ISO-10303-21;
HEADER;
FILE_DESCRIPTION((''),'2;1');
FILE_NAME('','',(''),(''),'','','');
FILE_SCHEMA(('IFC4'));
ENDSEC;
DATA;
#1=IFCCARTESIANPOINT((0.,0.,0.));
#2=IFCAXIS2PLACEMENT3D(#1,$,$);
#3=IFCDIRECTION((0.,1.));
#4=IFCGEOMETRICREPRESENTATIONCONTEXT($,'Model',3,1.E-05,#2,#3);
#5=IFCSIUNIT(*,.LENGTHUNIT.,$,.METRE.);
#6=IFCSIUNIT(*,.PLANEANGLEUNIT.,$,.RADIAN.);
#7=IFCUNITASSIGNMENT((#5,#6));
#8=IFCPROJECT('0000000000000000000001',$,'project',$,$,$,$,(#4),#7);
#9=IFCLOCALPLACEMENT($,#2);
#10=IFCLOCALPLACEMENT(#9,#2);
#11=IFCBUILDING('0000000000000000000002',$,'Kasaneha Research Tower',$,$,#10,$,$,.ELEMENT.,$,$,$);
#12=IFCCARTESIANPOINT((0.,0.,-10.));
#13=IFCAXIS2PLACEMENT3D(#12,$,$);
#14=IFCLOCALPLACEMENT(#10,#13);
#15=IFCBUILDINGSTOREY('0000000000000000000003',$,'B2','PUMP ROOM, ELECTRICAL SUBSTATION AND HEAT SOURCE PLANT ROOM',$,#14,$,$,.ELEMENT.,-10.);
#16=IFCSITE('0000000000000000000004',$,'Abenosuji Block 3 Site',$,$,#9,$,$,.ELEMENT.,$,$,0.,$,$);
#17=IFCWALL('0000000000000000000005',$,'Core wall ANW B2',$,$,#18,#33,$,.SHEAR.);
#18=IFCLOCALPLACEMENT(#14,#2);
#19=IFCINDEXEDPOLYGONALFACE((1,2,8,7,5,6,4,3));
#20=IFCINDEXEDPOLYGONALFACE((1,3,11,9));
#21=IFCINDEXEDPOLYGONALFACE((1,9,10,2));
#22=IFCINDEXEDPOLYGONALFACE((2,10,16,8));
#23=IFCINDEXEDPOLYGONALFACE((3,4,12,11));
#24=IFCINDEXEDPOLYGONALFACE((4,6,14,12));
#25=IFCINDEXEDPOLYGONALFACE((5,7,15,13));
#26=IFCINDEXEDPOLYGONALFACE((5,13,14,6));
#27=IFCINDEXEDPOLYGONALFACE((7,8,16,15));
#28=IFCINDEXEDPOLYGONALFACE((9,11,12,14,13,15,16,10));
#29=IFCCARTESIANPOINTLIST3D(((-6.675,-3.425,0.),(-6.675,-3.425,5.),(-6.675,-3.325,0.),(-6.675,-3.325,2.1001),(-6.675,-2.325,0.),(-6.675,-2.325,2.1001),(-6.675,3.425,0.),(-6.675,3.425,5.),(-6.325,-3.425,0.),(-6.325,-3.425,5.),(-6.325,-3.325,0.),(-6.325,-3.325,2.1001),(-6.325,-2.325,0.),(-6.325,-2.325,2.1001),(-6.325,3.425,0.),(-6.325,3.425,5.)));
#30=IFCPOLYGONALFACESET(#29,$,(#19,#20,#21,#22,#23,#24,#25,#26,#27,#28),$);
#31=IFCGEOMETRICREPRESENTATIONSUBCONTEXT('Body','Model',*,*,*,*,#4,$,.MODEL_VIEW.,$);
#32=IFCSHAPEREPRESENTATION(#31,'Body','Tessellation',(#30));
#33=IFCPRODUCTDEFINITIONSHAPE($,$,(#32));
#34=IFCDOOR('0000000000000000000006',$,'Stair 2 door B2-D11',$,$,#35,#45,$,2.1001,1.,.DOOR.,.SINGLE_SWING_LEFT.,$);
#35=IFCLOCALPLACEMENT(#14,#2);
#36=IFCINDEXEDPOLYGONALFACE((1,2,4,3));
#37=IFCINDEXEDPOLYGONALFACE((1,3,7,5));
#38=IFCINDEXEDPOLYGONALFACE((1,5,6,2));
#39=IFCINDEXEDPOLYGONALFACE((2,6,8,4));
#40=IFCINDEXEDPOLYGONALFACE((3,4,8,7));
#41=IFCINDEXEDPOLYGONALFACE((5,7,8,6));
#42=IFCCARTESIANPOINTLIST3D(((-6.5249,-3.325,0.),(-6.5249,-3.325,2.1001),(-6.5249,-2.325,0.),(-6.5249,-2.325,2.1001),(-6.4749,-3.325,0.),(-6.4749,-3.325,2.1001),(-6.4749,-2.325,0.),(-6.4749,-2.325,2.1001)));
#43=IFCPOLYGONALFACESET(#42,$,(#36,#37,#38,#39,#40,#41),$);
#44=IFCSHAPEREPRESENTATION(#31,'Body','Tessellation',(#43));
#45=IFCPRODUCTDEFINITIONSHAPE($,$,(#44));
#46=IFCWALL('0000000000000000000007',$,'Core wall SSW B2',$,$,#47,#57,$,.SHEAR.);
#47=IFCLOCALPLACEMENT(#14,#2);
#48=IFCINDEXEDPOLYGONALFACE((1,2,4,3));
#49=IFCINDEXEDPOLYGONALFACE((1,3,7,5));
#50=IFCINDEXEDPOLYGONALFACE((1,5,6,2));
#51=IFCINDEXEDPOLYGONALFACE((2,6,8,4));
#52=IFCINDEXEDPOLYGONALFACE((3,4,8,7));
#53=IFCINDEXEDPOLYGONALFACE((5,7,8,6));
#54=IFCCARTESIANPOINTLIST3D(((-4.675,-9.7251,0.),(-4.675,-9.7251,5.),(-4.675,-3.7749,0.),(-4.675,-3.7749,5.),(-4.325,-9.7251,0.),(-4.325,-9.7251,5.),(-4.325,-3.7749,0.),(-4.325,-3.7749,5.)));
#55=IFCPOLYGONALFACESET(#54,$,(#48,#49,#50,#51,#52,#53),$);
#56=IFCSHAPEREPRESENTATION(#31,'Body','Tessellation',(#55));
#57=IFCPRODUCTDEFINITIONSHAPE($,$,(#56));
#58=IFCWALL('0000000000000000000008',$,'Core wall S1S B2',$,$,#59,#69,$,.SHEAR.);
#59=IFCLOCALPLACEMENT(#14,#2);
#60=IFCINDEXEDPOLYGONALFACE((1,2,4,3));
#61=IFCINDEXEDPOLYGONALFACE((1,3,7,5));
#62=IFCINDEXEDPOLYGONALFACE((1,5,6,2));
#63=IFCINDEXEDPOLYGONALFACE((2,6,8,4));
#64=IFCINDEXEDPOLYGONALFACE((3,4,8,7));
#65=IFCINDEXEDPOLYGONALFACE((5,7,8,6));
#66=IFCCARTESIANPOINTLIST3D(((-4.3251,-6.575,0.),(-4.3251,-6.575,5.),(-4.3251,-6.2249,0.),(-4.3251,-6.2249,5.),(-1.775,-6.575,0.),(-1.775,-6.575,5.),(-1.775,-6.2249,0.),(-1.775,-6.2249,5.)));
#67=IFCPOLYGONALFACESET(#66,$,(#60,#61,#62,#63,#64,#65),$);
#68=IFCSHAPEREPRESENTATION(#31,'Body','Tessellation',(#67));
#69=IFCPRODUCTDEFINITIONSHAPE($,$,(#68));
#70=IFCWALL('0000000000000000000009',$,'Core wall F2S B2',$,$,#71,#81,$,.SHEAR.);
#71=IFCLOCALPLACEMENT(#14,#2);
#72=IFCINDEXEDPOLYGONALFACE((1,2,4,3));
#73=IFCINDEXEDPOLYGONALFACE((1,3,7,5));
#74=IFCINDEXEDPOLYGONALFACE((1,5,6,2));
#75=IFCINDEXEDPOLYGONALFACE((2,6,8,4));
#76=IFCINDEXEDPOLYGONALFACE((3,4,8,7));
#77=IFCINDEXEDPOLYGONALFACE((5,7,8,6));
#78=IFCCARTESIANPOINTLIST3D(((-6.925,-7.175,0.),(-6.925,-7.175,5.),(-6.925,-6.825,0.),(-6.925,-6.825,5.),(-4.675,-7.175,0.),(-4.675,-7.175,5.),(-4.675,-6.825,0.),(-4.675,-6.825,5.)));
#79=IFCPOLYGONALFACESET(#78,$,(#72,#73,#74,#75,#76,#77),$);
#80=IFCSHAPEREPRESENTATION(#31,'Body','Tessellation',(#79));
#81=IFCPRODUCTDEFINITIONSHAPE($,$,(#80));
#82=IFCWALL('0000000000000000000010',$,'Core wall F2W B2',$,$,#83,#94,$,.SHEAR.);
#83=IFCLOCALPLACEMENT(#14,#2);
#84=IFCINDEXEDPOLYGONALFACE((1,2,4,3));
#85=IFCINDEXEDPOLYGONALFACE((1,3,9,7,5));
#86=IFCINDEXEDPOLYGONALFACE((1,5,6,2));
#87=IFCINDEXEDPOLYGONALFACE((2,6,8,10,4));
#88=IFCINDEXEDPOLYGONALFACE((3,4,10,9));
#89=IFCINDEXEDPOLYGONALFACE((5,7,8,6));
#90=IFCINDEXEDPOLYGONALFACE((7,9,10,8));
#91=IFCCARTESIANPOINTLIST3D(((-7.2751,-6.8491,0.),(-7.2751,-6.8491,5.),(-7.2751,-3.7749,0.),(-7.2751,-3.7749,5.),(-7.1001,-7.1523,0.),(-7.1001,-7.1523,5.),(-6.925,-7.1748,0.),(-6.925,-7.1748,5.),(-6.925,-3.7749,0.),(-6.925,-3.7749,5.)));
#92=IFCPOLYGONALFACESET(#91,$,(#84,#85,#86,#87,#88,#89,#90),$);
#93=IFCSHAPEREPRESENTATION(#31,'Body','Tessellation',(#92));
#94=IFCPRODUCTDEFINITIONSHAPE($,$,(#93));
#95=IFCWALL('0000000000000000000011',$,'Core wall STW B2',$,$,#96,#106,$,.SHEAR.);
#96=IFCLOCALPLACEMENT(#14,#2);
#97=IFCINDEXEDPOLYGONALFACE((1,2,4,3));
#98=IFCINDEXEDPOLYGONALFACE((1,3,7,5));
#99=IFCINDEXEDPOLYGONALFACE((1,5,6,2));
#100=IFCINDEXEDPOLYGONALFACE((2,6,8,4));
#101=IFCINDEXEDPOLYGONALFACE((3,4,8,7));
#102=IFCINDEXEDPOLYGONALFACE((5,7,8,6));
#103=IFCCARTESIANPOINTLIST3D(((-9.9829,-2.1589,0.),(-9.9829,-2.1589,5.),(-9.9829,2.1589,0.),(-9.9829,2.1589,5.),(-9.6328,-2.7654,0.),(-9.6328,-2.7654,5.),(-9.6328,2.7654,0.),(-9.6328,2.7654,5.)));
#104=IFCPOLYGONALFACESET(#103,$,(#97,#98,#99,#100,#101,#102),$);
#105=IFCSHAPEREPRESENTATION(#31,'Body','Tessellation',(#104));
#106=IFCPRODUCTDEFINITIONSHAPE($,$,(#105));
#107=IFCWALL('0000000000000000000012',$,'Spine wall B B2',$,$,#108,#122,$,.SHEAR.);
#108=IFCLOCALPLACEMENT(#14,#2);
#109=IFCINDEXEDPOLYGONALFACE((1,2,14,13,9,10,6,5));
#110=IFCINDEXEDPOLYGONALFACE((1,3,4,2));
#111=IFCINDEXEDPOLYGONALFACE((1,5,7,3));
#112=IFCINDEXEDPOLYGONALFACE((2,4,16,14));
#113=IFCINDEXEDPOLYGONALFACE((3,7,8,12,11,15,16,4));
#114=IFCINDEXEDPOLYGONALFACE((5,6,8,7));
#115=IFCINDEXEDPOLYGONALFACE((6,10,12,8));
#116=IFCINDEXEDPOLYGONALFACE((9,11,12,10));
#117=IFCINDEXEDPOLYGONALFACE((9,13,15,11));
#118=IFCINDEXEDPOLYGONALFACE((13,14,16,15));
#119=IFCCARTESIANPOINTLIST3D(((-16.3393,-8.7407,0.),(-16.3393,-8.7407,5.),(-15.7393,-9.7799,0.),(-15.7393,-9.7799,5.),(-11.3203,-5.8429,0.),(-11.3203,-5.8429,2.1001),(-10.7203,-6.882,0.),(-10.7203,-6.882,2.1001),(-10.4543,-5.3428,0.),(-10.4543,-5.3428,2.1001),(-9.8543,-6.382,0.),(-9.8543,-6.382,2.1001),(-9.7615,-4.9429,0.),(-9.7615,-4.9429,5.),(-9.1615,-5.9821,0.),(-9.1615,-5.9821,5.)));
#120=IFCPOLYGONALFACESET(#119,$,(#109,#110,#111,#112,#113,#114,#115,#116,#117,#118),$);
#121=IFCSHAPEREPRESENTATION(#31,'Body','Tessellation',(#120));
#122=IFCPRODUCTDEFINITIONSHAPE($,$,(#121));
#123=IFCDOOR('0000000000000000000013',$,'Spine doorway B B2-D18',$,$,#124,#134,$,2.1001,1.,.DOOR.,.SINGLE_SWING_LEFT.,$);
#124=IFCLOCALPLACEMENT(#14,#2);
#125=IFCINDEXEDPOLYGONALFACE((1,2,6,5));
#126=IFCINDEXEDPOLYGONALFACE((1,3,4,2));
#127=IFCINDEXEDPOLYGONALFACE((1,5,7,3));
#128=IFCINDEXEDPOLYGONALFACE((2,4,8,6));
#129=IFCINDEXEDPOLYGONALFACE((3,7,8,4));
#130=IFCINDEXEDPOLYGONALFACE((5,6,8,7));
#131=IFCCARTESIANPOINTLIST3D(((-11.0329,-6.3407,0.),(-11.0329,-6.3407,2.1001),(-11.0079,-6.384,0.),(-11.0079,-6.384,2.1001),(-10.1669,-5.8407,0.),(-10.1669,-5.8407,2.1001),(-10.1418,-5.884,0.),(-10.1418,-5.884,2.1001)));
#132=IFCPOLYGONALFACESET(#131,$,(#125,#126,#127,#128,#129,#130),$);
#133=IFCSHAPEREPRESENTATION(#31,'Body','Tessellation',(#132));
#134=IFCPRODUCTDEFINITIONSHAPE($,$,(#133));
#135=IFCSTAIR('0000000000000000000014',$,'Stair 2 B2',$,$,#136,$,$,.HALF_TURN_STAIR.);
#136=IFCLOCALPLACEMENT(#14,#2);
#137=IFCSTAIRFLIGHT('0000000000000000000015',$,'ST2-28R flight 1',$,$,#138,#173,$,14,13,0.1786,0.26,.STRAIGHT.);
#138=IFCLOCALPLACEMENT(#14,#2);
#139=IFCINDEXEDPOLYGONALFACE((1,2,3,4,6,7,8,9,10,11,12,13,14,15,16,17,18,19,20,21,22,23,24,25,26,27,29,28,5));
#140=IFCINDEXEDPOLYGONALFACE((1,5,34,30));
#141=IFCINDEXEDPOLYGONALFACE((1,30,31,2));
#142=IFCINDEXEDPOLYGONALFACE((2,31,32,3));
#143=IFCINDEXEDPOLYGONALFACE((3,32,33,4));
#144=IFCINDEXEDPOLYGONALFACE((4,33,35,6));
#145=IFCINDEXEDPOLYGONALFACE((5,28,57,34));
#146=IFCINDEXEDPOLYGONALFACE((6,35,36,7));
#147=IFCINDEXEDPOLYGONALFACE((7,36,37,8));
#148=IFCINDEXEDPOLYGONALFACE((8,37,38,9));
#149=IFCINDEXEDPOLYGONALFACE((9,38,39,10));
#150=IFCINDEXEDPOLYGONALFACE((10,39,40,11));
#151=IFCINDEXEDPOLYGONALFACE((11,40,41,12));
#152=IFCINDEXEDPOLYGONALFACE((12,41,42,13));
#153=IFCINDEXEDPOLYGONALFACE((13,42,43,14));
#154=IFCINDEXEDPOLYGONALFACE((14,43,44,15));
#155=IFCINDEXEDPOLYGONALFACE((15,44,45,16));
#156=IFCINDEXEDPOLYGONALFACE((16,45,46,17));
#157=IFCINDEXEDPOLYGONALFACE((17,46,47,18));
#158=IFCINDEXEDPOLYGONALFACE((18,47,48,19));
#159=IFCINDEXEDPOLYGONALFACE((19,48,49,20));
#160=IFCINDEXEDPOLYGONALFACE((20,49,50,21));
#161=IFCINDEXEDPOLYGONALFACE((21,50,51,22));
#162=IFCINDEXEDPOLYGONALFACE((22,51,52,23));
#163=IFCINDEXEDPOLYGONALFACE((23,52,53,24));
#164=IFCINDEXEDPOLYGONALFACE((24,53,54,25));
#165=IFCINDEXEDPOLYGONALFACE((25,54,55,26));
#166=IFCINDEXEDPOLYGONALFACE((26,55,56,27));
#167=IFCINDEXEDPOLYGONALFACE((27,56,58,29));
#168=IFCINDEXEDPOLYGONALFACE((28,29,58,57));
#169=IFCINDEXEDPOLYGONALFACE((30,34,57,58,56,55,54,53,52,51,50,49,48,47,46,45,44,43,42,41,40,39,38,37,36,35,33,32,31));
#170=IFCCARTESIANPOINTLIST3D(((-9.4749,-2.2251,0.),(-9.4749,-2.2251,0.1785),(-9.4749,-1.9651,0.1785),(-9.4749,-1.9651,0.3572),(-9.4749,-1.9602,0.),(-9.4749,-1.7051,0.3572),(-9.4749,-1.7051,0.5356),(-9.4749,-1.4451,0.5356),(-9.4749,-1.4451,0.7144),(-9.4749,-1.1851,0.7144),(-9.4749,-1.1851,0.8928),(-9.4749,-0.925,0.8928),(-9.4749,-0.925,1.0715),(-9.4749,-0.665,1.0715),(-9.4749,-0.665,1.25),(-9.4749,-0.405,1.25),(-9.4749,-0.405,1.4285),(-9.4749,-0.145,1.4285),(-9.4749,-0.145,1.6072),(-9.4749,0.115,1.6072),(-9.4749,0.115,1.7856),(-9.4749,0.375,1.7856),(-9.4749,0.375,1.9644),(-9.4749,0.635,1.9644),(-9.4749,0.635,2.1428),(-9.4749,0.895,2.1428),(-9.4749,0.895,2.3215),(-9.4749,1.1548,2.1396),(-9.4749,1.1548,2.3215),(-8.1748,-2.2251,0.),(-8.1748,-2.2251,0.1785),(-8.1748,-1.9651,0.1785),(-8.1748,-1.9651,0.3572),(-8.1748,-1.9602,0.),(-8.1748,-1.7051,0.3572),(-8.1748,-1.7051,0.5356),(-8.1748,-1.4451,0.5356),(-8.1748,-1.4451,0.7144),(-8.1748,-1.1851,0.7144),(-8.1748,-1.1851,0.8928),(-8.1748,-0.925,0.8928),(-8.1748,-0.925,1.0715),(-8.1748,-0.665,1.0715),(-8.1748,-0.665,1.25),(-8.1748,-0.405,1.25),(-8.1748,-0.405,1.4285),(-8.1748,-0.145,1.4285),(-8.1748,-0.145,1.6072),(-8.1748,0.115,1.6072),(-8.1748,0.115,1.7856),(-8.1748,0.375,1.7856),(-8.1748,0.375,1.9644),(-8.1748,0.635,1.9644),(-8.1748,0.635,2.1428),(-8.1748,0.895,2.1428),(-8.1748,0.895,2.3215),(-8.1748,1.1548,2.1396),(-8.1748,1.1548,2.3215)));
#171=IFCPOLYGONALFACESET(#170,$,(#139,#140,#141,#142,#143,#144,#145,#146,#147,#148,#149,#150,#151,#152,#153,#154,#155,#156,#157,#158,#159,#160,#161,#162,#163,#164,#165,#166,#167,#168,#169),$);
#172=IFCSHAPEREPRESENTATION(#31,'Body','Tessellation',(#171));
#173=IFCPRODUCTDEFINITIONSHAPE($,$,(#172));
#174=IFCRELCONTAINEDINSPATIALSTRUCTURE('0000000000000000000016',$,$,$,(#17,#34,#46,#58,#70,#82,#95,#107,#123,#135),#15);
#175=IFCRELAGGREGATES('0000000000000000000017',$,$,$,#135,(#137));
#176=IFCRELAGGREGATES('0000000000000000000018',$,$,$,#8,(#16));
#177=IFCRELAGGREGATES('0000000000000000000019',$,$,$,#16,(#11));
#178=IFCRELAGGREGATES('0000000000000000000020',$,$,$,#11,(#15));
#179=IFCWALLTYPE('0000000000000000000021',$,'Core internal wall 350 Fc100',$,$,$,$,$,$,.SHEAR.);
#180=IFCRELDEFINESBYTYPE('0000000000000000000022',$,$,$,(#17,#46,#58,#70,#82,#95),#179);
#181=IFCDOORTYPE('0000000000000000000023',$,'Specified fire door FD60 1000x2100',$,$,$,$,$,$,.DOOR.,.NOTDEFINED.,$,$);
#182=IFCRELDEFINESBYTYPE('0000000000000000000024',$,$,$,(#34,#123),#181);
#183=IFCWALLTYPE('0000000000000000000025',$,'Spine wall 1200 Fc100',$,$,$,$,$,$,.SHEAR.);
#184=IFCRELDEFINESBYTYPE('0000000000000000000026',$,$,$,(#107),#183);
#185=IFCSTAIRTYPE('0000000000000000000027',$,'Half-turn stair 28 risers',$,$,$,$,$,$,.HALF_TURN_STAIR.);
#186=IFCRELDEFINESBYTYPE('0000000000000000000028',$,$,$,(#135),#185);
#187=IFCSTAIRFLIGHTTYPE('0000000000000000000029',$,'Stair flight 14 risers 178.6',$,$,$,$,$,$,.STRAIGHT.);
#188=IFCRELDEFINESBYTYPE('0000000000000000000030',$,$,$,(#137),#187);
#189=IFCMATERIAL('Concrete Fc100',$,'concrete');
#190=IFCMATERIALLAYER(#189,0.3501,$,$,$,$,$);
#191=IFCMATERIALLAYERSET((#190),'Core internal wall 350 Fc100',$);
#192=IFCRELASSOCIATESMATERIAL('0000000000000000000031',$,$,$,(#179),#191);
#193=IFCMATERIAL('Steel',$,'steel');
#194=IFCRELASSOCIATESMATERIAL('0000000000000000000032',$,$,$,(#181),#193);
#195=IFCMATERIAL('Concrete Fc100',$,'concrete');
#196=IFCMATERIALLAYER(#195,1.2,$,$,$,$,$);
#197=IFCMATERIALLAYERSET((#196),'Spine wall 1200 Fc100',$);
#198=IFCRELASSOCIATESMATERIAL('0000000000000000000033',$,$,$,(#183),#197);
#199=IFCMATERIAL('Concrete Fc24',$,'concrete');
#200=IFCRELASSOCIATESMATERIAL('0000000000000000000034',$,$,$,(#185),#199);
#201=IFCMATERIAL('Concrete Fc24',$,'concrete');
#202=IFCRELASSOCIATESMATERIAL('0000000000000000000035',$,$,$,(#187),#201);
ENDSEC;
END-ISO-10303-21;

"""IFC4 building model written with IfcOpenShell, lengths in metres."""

from ifc_helpers import new_model, si_unit, direction, frame, frame_2d, origin, place, context, subcontext, project, spatial, polyline, rectangle, outline, extrude, material, layer, layer_set, type_object, element, fill, aggregate, save


model = new_model("IFC4")

# Units and contexts
model_context = context("Model", 3, precision=1e-05, world=origin(), true_north=direction((0.0, 1.0)))
body_context = subcontext(model_context, "Body", "Model", "MODEL_VIEW")
ifc_project = project(units=[si_unit("LENGTHUNIT", "METRE"), si_unit("PLANEANGLEUNIT", "RADIAN")], contexts=[model_context])

# Site, building, storey
site_placement = place(None, origin())
site = spatial("IfcSite", under=ifc_project, at=site_placement, Name="Abenosuji Block 3 Site", CompositionType="ELEMENT", RefElevation=0.0)
building_placement = place(site_placement, origin())
building = spatial("IfcBuilding", under=site, at=building_placement, Name="Kasaneha Research Tower", CompositionType="ELEMENT")
storey_placement = place(building_placement, frame((0.0, 0.0, -10.0)))
storey = spatial("IfcBuildingStorey", under=building, at=storey_placement, Name="B2", Description="PUMP ROOM, ELECTRICAL SUBSTATION AND HEAT SOURCE PLANT ROOM", CompositionType="ELEMENT", Elevation=-10.0)

# Wall, opening, door
ifc_material_1 = material(Name="Concrete Fc100", Category="concrete")
ifc_layer_1 = layer(ifc_material_1, 0.3501)
ifc_layer_set_1 = layer_set([ifc_layer_1], Name="Core internal wall 350 Fc100")
wall_type_1 = type_object("IfcWallType", Name="Core internal wall 350 Fc100", PredefinedType="SHEAR", material=ifc_layer_set_1)
ifc_material_2 = material(Name="Steel", Category="steel")
door_type_1 = type_object("IfcDoorType", Name="Specified fire door FD60 1000x2100", OperationType="NOTDEFINED", PredefinedType="DOOR", material=ifc_material_2)
wall_1_placement = place(storey_placement, frame((-6.5, -3.425, 0.0), z_axis=(0.0, 0.0, 1.0), x_axis=(0.0, 1.0, 0.0)))
wall_1 = element("IfcWall", 1, at=wall_1_placement, inside=storey, type_object=wall_type_1, Name="Core wall ANW B2", PredefinedType="SHEAR", context=body_context, shape_type="SweptSolid", body=[
    extrude(rectangle(XDim=6.8501, YDim=0.3501, at=frame_2d((3.425, 0.0))), origin(), (0.0, 0.0, 1.0), 5.0),
])
opening_1_placement = place(wall_1_placement, frame((0.1001, 0.0, 0.0)))
opening_1 = element("IfcOpeningElement", 2, at=opening_1_placement, cuts=wall_1, PredefinedType="OPENING", context=body_context, shape_type="SweptSolid", body=[
    extrude(rectangle(XDim=1.0, YDim=2.1001, at=frame_2d((0.5, 1.05))), frame((0.0, 0.1851, 0.0), z_axis=(0.0, -1.0, 0.0), x_axis=(1.0, 0.0, 0.0)), (0.0, 0.0, 1.0), 0.3701),
])
door_1_placement = place(opening_1_placement, origin())
door_1 = element("IfcDoor", 3, at=door_1_placement, inside=storey, type_object=door_type_1, Name="Stair 2 door B2-D11", OperationType="SINGLE_SWING_LEFT", OverallHeight=2.1001, OverallWidth=1.0, PredefinedType="DOOR", context=body_context, shape_type="SweptSolid", body=[
    extrude(rectangle(XDim=1.0, YDim=2.1001, at=frame_2d((0.5, 1.05))), frame((0.0, 0.0249, 0.0), z_axis=(0.0, -1.0, 0.0), x_axis=(1.0, 0.0, 0.0)), (0.0, 0.0, 1.0), 0.05),
])
fill(opening_1, door_1)

# Walls
wall_2_placement = place(storey_placement, frame((-4.5, -3.7749, 0.0), z_axis=(0.0, 0.0, 1.0), x_axis=(0.0, -1.0, 0.0)))
element("IfcWall", 4, at=wall_2_placement, inside=storey, type_object=wall_type_1, Name="Core wall SSW B2", PredefinedType="SHEAR", context=body_context, shape_type="SweptSolid", body=[
    extrude(rectangle(XDim=5.9502, YDim=0.3501, at=frame_2d((2.9751, 0.0))), origin(), (0.0, 0.0, 1.0), 5.0),
])
wall_3_placement = place(storey_placement, frame((-4.325, -6.3999, 0.0), z_axis=(0.0, 0.0, 1.0), x_axis=(1.0, 0.0, 0.0)))
element("IfcWall", 5, at=wall_3_placement, inside=storey, type_object=wall_type_1, Name="Core wall S1S B2", PredefinedType="SHEAR", context=body_context, shape_type="SweptSolid", body=[
    extrude(rectangle(XDim=2.55, YDim=0.3501, at=frame_2d((1.2749, 0.0))), origin(), (0.0, 0.0, 1.0), 5.0),
])
wall_4_placement = place(storey_placement, frame((-6.925, -7.0, 0.0), z_axis=(0.0, 0.0, 1.0), x_axis=(1.0, 0.0, 0.0)))
element("IfcWall", 6, at=wall_4_placement, inside=storey, type_object=wall_type_1, Name="Core wall F2S B2", PredefinedType="SHEAR", context=body_context, shape_type="SweptSolid", body=[
    extrude(rectangle(XDim=2.25, YDim=0.3501, at=frame_2d((1.125, 0.0))), origin(), (0.0, 0.0, 1.0), 5.0),
])
wall_5_placement = place(storey_placement, frame((-7.1001, -3.7749, 0.0), z_axis=(0.0, 0.0, 1.0), x_axis=(0.0, -1.0, 0.0)))
element("IfcWall", 7, at=wall_5_placement, inside=storey, type_object=wall_type_1, Name="Core wall F2W B2", PredefinedType="SHEAR", context=body_context, shape_type="SweptSolid", body=[
    extrude(outline(polyline([(0.0, -0.175), (3.0742, -0.175), (3.3774, 0.0), (3.3999, 0.175), (0.0, 0.175), (0.0, -0.175)])), origin(), (0.0, 0.0, 1.0), 5.0),
])
wall_6_placement = place(storey_placement, frame((-9.8079, -2.4622, 0.0), z_axis=(0.0, 0.0, 1.0), x_axis=(0.0, 1.0, 0.0)))
element("IfcWall", 8, at=wall_6_placement, inside=storey, type_object=wall_type_1, Name="Core wall STW B2", PredefinedType="SHEAR", context=body_context, shape_type="SweptSolid", body=[
    extrude(outline(polyline([(-0.3032, -0.175), (5.2275, -0.175), (4.6211, 0.175), (0.3032, 0.175), (-0.3032, -0.175)])), origin(), (0.0, 0.0, 1.0), 5.0),
])

# Wall, opening, door
ifc_material_3 = material(Name="Concrete Fc100", Category="concrete")
ifc_layer_2 = layer(ifc_material_3, 1.2)
ifc_layer_set_2 = layer_set([ifc_layer_2], Name="Spine wall 1200 Fc100")
wall_type_2 = type_object("IfcWallType", Name="Spine wall 1200 Fc100", PredefinedType="SHEAR", material=ifc_layer_set_2)
wall_7_placement = place(storey_placement, frame((-9.4614, -5.4624, 0.0), z_axis=(0.0, 0.0, 1.0), x_axis=(-0.866019, -0.500011, 0.0)))
wall_7 = element("IfcWall", 9, at=wall_7_placement, inside=storey, type_object=wall_type_2, Name="Spine wall B B2", PredefinedType="SHEAR", context=body_context, shape_type="SweptSolid", body=[
    extrude(rectangle(XDim=7.5955, YDim=1.2, at=frame_2d((3.7979, 0.0))), origin(), (0.0, 0.0, 1.0), 5.0),
])
opening_2_placement = place(wall_7_placement, frame((0.8, 0.0, 0.0)))
opening_2 = element("IfcOpeningElement", 10, at=opening_2_placement, cuts=wall_7, PredefinedType="OPENING", context=body_context, shape_type="SweptSolid", body=[
    extrude(rectangle(XDim=1.0, YDim=2.1001, at=frame_2d((0.5, 1.05))), frame((0.0, 0.6099, 0.0), z_axis=(0.0, -1.0, 0.0), x_axis=(1.0, 0.0, 0.0)), (0.0, 0.0, 1.0), 1.22),
])
door_2_placement = place(opening_2_placement, origin())
door_2 = element("IfcDoor", 11, at=door_2_placement, inside=storey, type_object=door_type_1, Name="Spine doorway B B2-D18", OperationType="SINGLE_SWING_LEFT", OverallHeight=2.1001, OverallWidth=1.0, PredefinedType="DOOR", context=body_context, shape_type="SweptSolid", body=[
    extrude(rectangle(XDim=1.0, YDim=2.1001, at=frame_2d((0.5, 1.05))), frame((0.0, 0.0249, 0.0), z_axis=(0.0, -1.0, 0.0), x_axis=(1.0, 0.0, 0.0)), (0.0, 0.0, 1.0), 0.05),
])
fill(opening_2, door_2)

# Stair, stair flight
ifc_material_4 = material(Name="Concrete Fc24", Category="concrete")
stair_type = type_object("IfcStairType", Name="Half-turn stair 28 risers", PredefinedType="HALF_TURN_STAIR", material=ifc_material_4)
stair_placement = place(storey_placement, origin())
stair = element("IfcStair", 12, at=stair_placement, inside=storey, type_object=stair_type, Name="Stair 2 B2", PredefinedType="HALF_TURN_STAIR")
ifc_material_5 = material(Name="Concrete Fc24", Category="concrete")
stair_flight_type = type_object("IfcStairFlightType", Name="Stair flight 14 risers 178.6", PredefinedType="STRAIGHT", material=ifc_material_5)
stair_flight_placement = place(storey_placement, frame((-8.825, -2.2251, 0.0), z_axis=(0.0, 0.0, 1.0), x_axis=(0.0, 1.0, 0.0)))
stair_flight = element("IfcStairFlight", 13, at=stair_flight_placement, type_object=stair_flight_type, Name="ST2-28R flight 1", NumberOfRisers=14, NumberOfTreads=13, PredefinedType="STRAIGHT", RiserHeight=0.1786, TreadLength=0.26, context=body_context, shape_type="SweptSolid", body=[
    extrude(outline(polyline([(0.0, 0.0), (0.0, 0.1785), (0.26, 0.1785), (0.26, 0.3572), (0.52, 0.3572), (0.52, 0.5356), (0.78, 0.5356), (0.78, 0.7144), (1.04, 0.7144), (1.04, 0.8928), (1.3, 0.8928), (1.3, 1.0715), (1.5601, 1.0715), (1.5601, 1.25), (1.8201, 1.25), (1.8201, 1.4285), (2.0801, 1.4285), (2.0801, 1.6072), (2.3401, 1.6072), (2.3401, 1.7856), (2.6001, 1.7856), (2.6001, 1.9644), (2.8601, 1.9644), (2.8601, 2.1428), (3.1201, 2.1428), (3.1201, 2.3215), (3.3799, 2.3215), (3.3799, 2.5), (3.3799, 2.1396), (0.2649, 0.0), (0.0, 0.0)])), frame((0.0, 0.6499, 0.0), z_axis=(0.0, -1.0, 0.0), x_axis=(1.0, 0.0, 0.0)), (0.0, 0.0, 1.0), 1.3),
])
aggregate(stair, [stair_flight])

save(model, "model.ifc")
